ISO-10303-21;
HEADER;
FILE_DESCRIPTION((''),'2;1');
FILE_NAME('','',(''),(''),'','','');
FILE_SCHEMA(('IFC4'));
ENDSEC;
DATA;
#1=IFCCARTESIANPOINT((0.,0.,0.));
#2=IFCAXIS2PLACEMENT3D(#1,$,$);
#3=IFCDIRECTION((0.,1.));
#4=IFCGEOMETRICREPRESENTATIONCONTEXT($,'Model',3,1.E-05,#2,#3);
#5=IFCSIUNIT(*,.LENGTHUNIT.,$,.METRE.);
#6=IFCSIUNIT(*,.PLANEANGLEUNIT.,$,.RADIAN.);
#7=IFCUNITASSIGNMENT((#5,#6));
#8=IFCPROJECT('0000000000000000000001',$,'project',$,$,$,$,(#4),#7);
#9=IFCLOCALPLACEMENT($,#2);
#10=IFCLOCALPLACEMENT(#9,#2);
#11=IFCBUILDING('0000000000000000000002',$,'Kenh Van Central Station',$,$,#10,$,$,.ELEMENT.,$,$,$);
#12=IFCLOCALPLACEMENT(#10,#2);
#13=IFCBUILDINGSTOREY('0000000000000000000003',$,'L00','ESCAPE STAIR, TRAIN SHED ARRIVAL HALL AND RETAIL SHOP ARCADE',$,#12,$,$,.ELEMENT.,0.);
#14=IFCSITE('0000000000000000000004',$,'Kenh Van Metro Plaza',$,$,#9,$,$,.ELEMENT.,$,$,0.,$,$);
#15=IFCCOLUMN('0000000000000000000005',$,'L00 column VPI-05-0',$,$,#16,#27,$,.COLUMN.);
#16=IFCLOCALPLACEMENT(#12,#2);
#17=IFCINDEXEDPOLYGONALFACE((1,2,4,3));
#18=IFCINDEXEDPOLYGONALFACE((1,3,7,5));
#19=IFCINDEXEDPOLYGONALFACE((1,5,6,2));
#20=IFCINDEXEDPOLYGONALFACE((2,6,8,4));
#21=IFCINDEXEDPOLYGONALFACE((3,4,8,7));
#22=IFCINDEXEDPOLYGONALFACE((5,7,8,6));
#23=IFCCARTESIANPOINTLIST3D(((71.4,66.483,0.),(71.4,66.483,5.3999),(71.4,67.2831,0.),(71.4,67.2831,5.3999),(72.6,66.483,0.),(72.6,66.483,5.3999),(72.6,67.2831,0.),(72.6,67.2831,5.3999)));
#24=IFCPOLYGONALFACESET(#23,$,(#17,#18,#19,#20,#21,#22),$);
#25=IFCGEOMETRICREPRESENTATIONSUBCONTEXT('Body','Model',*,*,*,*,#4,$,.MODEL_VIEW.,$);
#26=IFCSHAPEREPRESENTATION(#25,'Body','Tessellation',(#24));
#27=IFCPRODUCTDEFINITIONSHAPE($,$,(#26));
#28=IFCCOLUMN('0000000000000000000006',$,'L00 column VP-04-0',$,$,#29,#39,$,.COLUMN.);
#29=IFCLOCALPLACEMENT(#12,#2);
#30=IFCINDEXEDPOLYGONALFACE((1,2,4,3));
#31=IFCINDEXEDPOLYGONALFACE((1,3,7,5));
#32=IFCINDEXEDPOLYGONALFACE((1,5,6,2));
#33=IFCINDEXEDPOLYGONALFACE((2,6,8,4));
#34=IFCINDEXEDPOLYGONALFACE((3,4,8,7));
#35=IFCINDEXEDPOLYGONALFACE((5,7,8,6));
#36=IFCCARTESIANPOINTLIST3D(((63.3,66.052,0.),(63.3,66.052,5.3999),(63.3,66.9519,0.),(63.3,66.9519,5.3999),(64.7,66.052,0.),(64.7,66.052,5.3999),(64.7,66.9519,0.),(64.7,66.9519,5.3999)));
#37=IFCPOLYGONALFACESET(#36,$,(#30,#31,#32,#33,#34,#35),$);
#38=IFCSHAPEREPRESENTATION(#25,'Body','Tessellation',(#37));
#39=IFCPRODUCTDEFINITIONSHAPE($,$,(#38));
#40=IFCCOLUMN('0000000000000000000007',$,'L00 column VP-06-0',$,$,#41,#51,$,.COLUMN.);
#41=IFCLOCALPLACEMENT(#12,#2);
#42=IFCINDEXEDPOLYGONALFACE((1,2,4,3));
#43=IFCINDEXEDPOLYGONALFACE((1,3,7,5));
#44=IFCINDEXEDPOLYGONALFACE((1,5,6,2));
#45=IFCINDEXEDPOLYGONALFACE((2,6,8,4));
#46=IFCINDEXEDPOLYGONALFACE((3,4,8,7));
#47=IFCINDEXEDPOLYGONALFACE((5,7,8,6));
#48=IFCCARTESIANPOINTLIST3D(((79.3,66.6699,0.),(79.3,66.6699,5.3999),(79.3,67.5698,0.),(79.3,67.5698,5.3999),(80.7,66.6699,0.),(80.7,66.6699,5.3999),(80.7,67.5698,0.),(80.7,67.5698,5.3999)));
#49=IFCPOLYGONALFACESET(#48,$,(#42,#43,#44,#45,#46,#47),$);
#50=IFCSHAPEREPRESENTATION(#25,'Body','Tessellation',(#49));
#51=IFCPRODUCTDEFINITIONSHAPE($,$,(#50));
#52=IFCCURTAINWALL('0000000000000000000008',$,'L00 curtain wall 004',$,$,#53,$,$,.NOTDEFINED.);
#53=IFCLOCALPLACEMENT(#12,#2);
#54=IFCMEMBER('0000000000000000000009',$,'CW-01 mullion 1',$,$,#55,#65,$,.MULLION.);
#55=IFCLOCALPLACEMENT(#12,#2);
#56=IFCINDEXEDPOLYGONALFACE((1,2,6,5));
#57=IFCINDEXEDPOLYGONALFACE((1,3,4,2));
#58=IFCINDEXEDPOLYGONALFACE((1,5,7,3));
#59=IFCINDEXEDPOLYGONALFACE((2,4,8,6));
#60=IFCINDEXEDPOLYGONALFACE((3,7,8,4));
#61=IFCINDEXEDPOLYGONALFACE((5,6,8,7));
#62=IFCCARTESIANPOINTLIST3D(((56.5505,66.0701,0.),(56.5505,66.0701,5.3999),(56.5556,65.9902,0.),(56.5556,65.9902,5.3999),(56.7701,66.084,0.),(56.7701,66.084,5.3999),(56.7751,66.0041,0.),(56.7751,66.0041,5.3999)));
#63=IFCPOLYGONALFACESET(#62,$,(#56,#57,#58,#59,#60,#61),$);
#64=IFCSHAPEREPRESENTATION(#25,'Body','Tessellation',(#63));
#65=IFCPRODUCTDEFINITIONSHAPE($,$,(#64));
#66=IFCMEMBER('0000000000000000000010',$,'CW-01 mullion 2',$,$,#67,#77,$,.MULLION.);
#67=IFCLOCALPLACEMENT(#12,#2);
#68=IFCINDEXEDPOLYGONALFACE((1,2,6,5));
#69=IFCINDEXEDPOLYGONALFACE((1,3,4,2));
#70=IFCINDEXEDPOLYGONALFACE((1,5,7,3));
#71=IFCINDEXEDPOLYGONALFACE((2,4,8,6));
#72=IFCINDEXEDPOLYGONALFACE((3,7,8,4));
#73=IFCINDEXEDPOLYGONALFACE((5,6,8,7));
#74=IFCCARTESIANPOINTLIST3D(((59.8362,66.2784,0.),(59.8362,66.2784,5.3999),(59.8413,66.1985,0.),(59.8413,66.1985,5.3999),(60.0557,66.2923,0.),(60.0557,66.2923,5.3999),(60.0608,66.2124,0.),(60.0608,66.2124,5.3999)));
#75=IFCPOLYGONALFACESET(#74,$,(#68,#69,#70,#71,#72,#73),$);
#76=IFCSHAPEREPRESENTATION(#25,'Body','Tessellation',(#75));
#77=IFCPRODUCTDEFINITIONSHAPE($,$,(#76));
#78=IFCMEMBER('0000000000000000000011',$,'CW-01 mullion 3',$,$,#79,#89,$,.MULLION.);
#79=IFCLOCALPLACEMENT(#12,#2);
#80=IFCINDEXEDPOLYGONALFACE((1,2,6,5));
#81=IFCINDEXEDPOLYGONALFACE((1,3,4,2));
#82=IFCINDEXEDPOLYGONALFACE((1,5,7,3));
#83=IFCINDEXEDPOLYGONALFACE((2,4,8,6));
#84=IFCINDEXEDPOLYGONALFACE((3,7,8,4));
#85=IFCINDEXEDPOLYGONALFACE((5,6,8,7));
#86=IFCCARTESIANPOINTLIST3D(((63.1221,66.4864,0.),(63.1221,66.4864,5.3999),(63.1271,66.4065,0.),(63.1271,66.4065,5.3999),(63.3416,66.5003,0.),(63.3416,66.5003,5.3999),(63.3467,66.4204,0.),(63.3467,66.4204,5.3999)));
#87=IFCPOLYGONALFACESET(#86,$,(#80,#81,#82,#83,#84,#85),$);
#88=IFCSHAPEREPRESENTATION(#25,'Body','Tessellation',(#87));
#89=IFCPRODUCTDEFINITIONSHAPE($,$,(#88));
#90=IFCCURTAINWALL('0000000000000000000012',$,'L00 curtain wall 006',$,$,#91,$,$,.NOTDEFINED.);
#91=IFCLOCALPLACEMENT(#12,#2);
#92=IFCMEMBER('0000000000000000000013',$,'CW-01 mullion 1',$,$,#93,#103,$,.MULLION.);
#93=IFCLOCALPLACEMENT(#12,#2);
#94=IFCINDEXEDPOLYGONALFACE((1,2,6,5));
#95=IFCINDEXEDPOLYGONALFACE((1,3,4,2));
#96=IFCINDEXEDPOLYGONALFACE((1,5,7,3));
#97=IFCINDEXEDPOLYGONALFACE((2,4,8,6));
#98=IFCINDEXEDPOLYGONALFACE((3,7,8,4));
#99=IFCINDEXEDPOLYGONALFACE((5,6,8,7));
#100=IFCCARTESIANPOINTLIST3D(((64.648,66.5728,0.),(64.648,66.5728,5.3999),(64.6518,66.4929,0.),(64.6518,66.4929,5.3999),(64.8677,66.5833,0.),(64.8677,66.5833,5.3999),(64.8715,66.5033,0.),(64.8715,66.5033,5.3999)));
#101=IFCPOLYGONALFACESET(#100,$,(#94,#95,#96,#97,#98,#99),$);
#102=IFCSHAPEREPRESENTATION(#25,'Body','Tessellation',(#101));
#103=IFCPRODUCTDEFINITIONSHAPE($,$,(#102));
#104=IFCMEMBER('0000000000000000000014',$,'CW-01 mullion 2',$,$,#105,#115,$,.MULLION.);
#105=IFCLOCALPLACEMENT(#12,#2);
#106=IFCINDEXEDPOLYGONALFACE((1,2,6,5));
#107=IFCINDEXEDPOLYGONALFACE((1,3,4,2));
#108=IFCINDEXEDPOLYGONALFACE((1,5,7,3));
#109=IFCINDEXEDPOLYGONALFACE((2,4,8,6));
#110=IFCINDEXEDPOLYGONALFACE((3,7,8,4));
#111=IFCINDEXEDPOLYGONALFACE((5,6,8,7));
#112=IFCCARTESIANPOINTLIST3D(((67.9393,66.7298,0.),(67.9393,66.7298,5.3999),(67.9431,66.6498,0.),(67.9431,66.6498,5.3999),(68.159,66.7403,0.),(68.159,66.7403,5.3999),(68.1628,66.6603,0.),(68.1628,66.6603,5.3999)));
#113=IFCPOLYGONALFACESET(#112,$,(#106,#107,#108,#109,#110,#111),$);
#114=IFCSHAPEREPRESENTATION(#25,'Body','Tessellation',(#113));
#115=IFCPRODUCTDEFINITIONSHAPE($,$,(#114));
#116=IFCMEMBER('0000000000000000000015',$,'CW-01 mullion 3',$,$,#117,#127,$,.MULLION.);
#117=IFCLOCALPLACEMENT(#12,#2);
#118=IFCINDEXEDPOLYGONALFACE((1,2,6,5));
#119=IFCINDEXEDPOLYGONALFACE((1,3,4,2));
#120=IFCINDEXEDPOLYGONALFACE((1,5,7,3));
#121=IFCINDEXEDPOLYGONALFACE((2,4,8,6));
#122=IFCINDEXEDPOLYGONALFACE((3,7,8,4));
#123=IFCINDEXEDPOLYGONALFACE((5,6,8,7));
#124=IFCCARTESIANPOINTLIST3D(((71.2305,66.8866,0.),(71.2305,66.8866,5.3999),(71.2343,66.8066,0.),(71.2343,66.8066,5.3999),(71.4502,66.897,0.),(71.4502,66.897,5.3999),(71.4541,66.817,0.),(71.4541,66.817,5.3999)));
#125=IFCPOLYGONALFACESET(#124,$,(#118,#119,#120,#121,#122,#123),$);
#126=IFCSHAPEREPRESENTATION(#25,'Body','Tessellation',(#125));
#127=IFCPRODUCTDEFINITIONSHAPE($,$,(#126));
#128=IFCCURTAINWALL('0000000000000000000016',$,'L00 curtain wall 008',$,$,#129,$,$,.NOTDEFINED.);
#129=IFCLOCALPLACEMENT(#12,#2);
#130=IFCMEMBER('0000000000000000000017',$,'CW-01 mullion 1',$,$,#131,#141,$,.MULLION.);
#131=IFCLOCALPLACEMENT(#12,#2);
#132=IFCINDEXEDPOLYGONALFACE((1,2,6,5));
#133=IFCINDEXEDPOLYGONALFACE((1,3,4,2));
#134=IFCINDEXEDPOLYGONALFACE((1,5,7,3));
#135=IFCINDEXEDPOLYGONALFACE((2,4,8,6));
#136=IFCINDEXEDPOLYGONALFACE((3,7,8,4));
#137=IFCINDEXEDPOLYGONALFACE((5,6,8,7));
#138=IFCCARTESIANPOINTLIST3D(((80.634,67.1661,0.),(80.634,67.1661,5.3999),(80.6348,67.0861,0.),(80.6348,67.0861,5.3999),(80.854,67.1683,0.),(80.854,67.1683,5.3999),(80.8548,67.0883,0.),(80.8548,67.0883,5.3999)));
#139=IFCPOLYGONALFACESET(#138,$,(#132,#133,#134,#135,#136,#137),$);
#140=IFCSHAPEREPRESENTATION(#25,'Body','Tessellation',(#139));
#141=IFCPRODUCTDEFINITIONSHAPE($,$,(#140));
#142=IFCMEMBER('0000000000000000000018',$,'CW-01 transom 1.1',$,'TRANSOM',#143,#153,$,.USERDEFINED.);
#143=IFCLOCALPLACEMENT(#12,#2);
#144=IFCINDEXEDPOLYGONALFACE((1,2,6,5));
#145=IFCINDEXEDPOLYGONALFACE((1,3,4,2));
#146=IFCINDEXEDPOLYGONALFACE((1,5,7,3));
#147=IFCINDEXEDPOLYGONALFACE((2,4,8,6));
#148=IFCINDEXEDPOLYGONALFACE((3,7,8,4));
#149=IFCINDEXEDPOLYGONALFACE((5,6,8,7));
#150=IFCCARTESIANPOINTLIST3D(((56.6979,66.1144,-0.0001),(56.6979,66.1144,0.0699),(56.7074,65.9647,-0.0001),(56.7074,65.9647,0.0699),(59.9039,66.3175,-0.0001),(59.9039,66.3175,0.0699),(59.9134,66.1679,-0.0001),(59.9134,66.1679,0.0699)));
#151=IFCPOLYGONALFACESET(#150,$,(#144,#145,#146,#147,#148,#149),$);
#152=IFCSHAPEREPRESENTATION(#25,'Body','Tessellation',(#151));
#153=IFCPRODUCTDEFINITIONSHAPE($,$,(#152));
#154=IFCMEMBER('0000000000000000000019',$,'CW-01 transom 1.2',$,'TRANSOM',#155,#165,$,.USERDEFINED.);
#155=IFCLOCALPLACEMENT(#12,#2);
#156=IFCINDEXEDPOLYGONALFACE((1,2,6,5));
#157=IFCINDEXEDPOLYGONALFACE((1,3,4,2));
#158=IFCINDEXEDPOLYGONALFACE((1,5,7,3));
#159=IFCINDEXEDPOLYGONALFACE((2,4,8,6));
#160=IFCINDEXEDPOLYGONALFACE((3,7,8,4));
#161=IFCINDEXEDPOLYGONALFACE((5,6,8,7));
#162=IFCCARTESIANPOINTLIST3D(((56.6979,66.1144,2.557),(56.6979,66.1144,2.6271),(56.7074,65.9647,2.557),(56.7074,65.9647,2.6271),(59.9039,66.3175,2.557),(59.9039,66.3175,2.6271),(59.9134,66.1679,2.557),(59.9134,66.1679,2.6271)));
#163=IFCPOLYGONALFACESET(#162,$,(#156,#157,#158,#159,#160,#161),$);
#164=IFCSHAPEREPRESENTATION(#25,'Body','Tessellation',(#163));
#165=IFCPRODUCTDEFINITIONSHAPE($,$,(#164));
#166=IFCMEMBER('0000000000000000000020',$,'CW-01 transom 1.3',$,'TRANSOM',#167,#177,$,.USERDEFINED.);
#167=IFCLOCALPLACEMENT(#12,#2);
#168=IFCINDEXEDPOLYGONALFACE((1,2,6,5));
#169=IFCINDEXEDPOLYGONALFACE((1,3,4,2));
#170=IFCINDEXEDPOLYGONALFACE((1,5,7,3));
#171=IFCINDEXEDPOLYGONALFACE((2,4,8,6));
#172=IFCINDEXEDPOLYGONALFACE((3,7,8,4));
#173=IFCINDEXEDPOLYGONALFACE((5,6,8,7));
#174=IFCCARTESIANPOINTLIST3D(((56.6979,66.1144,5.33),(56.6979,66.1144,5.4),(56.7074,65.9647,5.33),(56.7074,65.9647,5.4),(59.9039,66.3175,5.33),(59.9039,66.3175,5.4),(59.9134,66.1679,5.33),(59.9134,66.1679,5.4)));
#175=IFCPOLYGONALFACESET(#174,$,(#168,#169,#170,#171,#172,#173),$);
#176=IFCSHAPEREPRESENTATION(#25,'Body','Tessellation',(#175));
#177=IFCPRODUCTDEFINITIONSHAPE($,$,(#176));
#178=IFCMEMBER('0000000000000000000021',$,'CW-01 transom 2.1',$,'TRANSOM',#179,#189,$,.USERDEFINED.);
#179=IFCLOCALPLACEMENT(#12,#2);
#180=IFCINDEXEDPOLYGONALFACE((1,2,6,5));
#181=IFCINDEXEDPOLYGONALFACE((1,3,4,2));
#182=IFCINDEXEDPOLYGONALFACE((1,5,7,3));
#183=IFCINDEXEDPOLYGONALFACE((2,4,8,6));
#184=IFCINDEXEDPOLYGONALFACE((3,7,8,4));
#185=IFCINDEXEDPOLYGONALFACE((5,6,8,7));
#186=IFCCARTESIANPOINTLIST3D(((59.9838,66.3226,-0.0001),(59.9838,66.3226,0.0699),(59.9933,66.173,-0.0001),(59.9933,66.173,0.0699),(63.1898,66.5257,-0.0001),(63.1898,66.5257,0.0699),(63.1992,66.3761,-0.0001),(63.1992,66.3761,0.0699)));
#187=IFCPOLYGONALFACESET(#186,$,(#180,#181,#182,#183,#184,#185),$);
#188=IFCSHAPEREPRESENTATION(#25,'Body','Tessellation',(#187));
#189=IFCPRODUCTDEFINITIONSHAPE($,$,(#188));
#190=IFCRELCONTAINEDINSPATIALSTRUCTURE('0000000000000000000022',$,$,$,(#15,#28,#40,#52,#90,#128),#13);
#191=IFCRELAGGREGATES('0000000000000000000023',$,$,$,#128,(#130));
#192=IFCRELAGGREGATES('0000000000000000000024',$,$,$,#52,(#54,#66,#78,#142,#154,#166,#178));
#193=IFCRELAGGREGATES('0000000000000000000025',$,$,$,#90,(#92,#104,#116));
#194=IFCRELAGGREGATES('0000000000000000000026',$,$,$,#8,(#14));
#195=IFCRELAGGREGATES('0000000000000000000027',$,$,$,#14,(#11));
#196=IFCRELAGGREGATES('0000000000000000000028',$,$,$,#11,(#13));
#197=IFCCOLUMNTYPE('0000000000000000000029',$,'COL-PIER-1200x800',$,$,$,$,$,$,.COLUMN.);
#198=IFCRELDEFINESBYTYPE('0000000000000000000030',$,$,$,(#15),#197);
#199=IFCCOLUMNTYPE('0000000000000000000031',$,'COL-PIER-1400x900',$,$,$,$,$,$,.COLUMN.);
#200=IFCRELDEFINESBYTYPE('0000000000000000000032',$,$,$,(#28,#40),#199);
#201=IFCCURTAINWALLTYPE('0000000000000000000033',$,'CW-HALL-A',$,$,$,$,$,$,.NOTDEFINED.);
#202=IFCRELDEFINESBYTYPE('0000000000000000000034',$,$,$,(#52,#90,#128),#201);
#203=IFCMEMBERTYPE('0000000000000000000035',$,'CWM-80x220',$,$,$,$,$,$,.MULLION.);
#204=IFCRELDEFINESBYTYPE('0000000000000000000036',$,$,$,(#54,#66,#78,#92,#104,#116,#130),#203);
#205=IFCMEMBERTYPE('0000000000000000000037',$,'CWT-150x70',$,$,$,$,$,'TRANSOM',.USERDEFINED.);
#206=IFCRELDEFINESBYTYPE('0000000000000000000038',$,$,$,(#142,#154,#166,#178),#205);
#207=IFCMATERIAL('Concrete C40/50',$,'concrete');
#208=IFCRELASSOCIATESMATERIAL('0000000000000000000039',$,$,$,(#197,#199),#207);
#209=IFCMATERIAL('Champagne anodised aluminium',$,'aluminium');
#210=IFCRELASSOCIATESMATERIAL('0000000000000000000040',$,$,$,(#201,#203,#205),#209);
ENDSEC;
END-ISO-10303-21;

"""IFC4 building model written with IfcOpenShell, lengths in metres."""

from ifc_helpers import new_model, si_unit, direction, frame, origin, origin_2d, place, context, subcontext, project, spatial, rectangle, extrude, material, material_profile, profile_set, type_object, element, aggregate, save


model = new_model("IFC4")

# Units and contexts
model_context = context("Model", 3, precision=1e-05, world=origin(), true_north=direction((0.0, 1.0)))
body_context = subcontext(model_context, "Body", "Model", "MODEL_VIEW")
ifc_project = project(units=[si_unit("LENGTHUNIT", "METRE"), si_unit("PLANEANGLEUNIT", "RADIAN")], contexts=[model_context])

# Site, building, storey
site_placement = place(None, origin())
site = spatial("IfcSite", under=ifc_project, at=site_placement, Name="Kenh Van Metro Plaza", CompositionType="ELEMENT", RefElevation=0.0)
building_placement = place(site_placement, origin())
building = spatial("IfcBuilding", under=site, at=building_placement, Name="Kenh Van Central Station", CompositionType="ELEMENT")
storey_placement = place(building_placement, origin())
storey = spatial("IfcBuildingStorey", under=building, at=storey_placement, Name="L00", Description="ESCAPE STAIR, TRAIN SHED ARRIVAL HALL AND RETAIL SHOP ARCADE", CompositionType="ELEMENT", Elevation=0.0)

# Columns
ifc_material_1 = material(Name="Concrete C40/50", Category="concrete")
ifc_material_profile_1 = material_profile(ifc_material_1, rectangle(XDim=1.2, YDim=0.8, at=origin_2d()), Name="RC 1200x800")
ifc_profile_set_1 = profile_set([ifc_material_profile_1], Name="Concrete C40/50")
column_type_1 = type_object("IfcColumnType", Name="COL-PIER-1200x800", PredefinedType="COLUMN", material=ifc_profile_set_1)
column_placement = place(storey_placement, frame((72.0, 66.8831, 0.0), z_axis=(0.0, 0.0, 1.0), x_axis=(1.0, 0.0, 0.0)))
element("IfcColumn", 1, at=column_placement, inside=storey, type_object=column_type_1, Name="L00 column VPI-05-0", PredefinedType="COLUMN", context=body_context, shape_type="SweptSolid", body=[
    extrude(rectangle(XDim=1.2, YDim=0.8, at=origin_2d()), origin(), (0.0, 0.0, 1.0), 5.3999),
])
ifc_material_profile_2 = material_profile(ifc_material_1, rectangle(XDim=1.3999, YDim=0.8999, at=origin_2d()), Name="RC 1400x900")
ifc_profile_set_2 = profile_set([ifc_material_profile_2], Name="Concrete C40/50")
column_type_2 = type_object("IfcColumnType", Name="COL-PIER-1400x900", PredefinedType="COLUMN", material=ifc_profile_set_2)
for number, where, z_axis, x_axis, name in (
    (2, (64.0, 66.502, 0.0), (0.0, 0.0, 1.0), (1.0, 0.0, 0.0), "L00 column VP-04-0"),
    (3, (80.0, 67.1199, 0.0), (0.0, 0.0, 1.0), (1.0, 0.0, 0.0), "L00 column VP-06-0"),
):
    element("IfcColumn", number, at=place(storey_placement, frame(where, z_axis=z_axis, x_axis=x_axis)), inside=storey, type_object=column_type_2, Name=name, PredefinedType="COLUMN", context=body_context, shape_type="SweptSolid", body=[
        extrude(rectangle(XDim=1.3999, YDim=0.8999, at=origin_2d()), origin(), (0.0, 0.0, 1.0), 5.3999),
    ])

# Curtain walls, members
ifc_material_2 = material(Name="Champagne anodised aluminium", Category="aluminium")
curtain_wall_type = type_object("IfcCurtainWallType", Name="CW-HALL-A", PredefinedType="NOTDEFINED", material=ifc_material_2)
curtain_wall_1_placement = place(storey_placement, origin())
curtain_wall_1 = element("IfcCurtainWall", 4, at=curtain_wall_1_placement, inside=storey, type_object=curtain_wall_type, Name="L00 curtain wall 004", PredefinedType="NOTDEFINED")
ifc_material_profile_3 = material_profile(ifc_material_2, rectangle(XDim=0.0801, YDim=0.22, at=origin_2d()), Name="AL 80x220")
ifc_profile_set_3 = profile_set([ifc_material_profile_3], Name="Champagne anodised aluminium")
member_type_1 = type_object("IfcMemberType", Name="CWM-80x220", PredefinedType="MULLION", material=ifc_profile_set_3)
member_1_placement = place(storey_placement, frame((56.6628, 66.0371, 0.0), z_axis=(0.0, 0.0, 1.0), x_axis=(-0.063211, 0.998, 0.0)))
member_1 = element("IfcMember", 5, at=member_1_placement, type_object=member_type_1, Name="CW-01 mullion 1", PredefinedType="MULLION", context=body_context, shape_type="SweptSolid", body=[
    extrude(rectangle(XDim=0.0801, YDim=0.22, at=origin_2d()), origin(), (0.0, 0.0, 1.0), 5.3999),
])
member_2_placement = place(storey_placement, frame((59.9485, 66.2454, 0.0), z_axis=(0.0, 0.0, 1.0), x_axis=(-0.063211, 0.998, 0.0)))
member_2 = element("IfcMember", 6, at=member_2_placement, type_object=member_type_1, Name="CW-01 mullion 2", PredefinedType="MULLION", context=body_context, shape_type="SweptSolid", body=[
    extrude(rectangle(XDim=0.0801, YDim=0.22, at=origin_2d()), origin(), (0.0, 0.0, 1.0), 5.3999),
])
member_3_placement = place(storey_placement, frame((63.2344, 66.4534, 0.0), z_axis=(0.0, 0.0, 1.0), x_axis=(-0.063211, 0.998, 0.0)))
member_3 = element("IfcMember", 7, at=member_3_placement, type_object=member_type_1, Name="CW-01 mullion 3", PredefinedType="MULLION", context=body_context, shape_type="SweptSolid", body=[
    extrude(rectangle(XDim=0.0801, YDim=0.22, at=origin_2d()), origin(), (0.0, 0.0, 1.0), 5.3999),
])
curtain_wall_2_placement = place(storey_placement, origin())
curtain_wall_2 = element("IfcCurtainWall", 8, at=curtain_wall_2_placement, inside=storey, type_object=curtain_wall_type, Name="L00 curtain wall 006", PredefinedType="NOTDEFINED")
member_4_placement = place(storey_placement, frame((64.7598, 66.5381, 0.0), z_axis=(0.0, 0.0, 1.0), x_axis=(-0.047601, 0.998866, 0.0)))
member_4 = element("IfcMember", 9, at=member_4_placement, type_object=member_type_1, Name="CW-01 mullion 1", PredefinedType="MULLION", context=body_context, shape_type="SweptSolid", body=[
    extrude(rectangle(XDim=0.0801, YDim=0.22, at=origin_2d()), origin(), (0.0, 0.0, 1.0), 5.3999),
])
member_5_placement = place(storey_placement, frame((68.051, 66.6951, 0.0), z_axis=(0.0, 0.0, 1.0), x_axis=(-0.047601, 0.998866, 0.0)))
member_5 = element("IfcMember", 10, at=member_5_placement, type_object=member_type_1, Name="CW-01 mullion 2", PredefinedType="MULLION", context=body_context, shape_type="SweptSolid", body=[
    extrude(rectangle(XDim=0.0801, YDim=0.22, at=origin_2d()), origin(), (0.0, 0.0, 1.0), 5.3999),
])
member_6_placement = place(storey_placement, frame((71.3423, 66.8518, 0.0), z_axis=(0.0, 0.0, 1.0), x_axis=(-0.047601, 0.998866, 0.0)))
member_6 = element("IfcMember", 11, at=member_6_placement, type_object=member_type_1, Name="CW-01 mullion 3", PredefinedType="MULLION", context=body_context, shape_type="SweptSolid", body=[
    extrude(rectangle(XDim=0.0801, YDim=0.22, at=origin_2d()), origin(), (0.0, 0.0, 1.0), 5.3999),
])

# Curtain wall, member
curtain_wall_3_placement = place(storey_placement, origin())
curtain_wall_3 = element("IfcCurtainWall", 12, at=curtain_wall_3_placement, inside=storey, type_object=curtain_wall_type, Name="L00 curtain wall 008", PredefinedType="NOTDEFINED")
member_7_placement = place(storey_placement, frame((80.7444, 67.1272, 0.0), z_axis=(0.0, 0.0, 1.0), x_axis=(-0.010012, 0.99995, 0.0)))
member_7 = element("IfcMember", 13, at=member_7_placement, type_object=member_type_1, Name="CW-01 mullion 1", PredefinedType="MULLION", context=body_context, shape_type="SweptSolid", body=[
    extrude(rectangle(XDim=0.0801, YDim=0.22, at=origin_2d()), origin(), (0.0, 0.0, 1.0), 5.3999),
])
aggregate(curtain_wall_3, [member_7])

# Members
ifc_material_profile_4 = material_profile(ifc_material_2, rectangle(XDim=0.1499, YDim=0.0701, at=origin_2d()), Name="AL 150x70")
ifc_profile_set_4 = profile_set([ifc_material_profile_4], Name="Champagne anodised aluminium")
member_type_2 = type_object("IfcMemberType", Name="CWT-150x70", ElementType="TRANSOM", PredefinedType="USERDEFINED", material=ifc_profile_set_4)
member_8_placement = place(storey_placement, frame((56.7026, 66.0396, 0.0349), z_axis=(0.997999, 0.06323, 0.0), x_axis=(-0.06323, 0.997999, 0.0)))
member_8 = element("IfcMember", 14, at=member_8_placement, type_object=member_type_2, Name="CW-01 transom 1.1", ObjectType="TRANSOM", PredefinedType="USERDEFINED", context=body_context, shape_type="SweptSolid", body=[
    extrude(rectangle(XDim=0.1499, YDim=0.0701, at=origin_2d()), origin(), (0.0, 0.0, 1.0), 3.2124),
])
member_9_placement = place(storey_placement, frame((56.7026, 66.0396, 2.592), z_axis=(0.997999, 0.06323, 0.0), x_axis=(-0.06323, 0.997999, 0.0)))
member_9 = element("IfcMember", 15, at=member_9_placement, type_object=member_type_2, Name="CW-01 transom 1.2", ObjectType="TRANSOM", PredefinedType="USERDEFINED", context=body_context, shape_type="SweptSolid", body=[
    extrude(rectangle(XDim=0.1499, YDim=0.0701, at=origin_2d()), origin(), (0.0, 0.0, 1.0), 3.2124),
])
member_10_placement = place(storey_placement, frame((56.7026, 66.0396, 5.365), z_axis=(0.997999, 0.06323, 0.0), x_axis=(-0.06323, 0.997999, 0.0)))
member_10 = element("IfcMember", 16, at=member_10_placement, type_object=member_type_2, Name="CW-01 transom 1.3", ObjectType="TRANSOM", PredefinedType="USERDEFINED", context=body_context, shape_type="SweptSolid", body=[
    extrude(rectangle(XDim=0.1499, YDim=0.0701, at=origin_2d()), origin(), (0.0, 0.0, 1.0), 3.2124),
])
member_11_placement = place(storey_placement, frame((59.9885, 66.2478, 0.0349), z_axis=(0.997999, 0.06323, 0.0), x_axis=(-0.06323, 0.997999, 0.0)))
member_11 = element("IfcMember", 17, at=member_11_placement, type_object=member_type_2, Name="CW-01 transom 2.1", ObjectType="TRANSOM", PredefinedType="USERDEFINED", context=body_context, shape_type="SweptSolid", body=[
    extrude(rectangle(XDim=0.1499, YDim=0.0701, at=origin_2d()), origin(), (0.0, 0.0, 1.0), 3.2124),
])

aggregate(curtain_wall_1, [member_1, member_2, member_3, member_8, member_9, member_10, member_11])
aggregate(curtain_wall_2, [member_4, member_5, member_6])

save(model, "model.ifc")
